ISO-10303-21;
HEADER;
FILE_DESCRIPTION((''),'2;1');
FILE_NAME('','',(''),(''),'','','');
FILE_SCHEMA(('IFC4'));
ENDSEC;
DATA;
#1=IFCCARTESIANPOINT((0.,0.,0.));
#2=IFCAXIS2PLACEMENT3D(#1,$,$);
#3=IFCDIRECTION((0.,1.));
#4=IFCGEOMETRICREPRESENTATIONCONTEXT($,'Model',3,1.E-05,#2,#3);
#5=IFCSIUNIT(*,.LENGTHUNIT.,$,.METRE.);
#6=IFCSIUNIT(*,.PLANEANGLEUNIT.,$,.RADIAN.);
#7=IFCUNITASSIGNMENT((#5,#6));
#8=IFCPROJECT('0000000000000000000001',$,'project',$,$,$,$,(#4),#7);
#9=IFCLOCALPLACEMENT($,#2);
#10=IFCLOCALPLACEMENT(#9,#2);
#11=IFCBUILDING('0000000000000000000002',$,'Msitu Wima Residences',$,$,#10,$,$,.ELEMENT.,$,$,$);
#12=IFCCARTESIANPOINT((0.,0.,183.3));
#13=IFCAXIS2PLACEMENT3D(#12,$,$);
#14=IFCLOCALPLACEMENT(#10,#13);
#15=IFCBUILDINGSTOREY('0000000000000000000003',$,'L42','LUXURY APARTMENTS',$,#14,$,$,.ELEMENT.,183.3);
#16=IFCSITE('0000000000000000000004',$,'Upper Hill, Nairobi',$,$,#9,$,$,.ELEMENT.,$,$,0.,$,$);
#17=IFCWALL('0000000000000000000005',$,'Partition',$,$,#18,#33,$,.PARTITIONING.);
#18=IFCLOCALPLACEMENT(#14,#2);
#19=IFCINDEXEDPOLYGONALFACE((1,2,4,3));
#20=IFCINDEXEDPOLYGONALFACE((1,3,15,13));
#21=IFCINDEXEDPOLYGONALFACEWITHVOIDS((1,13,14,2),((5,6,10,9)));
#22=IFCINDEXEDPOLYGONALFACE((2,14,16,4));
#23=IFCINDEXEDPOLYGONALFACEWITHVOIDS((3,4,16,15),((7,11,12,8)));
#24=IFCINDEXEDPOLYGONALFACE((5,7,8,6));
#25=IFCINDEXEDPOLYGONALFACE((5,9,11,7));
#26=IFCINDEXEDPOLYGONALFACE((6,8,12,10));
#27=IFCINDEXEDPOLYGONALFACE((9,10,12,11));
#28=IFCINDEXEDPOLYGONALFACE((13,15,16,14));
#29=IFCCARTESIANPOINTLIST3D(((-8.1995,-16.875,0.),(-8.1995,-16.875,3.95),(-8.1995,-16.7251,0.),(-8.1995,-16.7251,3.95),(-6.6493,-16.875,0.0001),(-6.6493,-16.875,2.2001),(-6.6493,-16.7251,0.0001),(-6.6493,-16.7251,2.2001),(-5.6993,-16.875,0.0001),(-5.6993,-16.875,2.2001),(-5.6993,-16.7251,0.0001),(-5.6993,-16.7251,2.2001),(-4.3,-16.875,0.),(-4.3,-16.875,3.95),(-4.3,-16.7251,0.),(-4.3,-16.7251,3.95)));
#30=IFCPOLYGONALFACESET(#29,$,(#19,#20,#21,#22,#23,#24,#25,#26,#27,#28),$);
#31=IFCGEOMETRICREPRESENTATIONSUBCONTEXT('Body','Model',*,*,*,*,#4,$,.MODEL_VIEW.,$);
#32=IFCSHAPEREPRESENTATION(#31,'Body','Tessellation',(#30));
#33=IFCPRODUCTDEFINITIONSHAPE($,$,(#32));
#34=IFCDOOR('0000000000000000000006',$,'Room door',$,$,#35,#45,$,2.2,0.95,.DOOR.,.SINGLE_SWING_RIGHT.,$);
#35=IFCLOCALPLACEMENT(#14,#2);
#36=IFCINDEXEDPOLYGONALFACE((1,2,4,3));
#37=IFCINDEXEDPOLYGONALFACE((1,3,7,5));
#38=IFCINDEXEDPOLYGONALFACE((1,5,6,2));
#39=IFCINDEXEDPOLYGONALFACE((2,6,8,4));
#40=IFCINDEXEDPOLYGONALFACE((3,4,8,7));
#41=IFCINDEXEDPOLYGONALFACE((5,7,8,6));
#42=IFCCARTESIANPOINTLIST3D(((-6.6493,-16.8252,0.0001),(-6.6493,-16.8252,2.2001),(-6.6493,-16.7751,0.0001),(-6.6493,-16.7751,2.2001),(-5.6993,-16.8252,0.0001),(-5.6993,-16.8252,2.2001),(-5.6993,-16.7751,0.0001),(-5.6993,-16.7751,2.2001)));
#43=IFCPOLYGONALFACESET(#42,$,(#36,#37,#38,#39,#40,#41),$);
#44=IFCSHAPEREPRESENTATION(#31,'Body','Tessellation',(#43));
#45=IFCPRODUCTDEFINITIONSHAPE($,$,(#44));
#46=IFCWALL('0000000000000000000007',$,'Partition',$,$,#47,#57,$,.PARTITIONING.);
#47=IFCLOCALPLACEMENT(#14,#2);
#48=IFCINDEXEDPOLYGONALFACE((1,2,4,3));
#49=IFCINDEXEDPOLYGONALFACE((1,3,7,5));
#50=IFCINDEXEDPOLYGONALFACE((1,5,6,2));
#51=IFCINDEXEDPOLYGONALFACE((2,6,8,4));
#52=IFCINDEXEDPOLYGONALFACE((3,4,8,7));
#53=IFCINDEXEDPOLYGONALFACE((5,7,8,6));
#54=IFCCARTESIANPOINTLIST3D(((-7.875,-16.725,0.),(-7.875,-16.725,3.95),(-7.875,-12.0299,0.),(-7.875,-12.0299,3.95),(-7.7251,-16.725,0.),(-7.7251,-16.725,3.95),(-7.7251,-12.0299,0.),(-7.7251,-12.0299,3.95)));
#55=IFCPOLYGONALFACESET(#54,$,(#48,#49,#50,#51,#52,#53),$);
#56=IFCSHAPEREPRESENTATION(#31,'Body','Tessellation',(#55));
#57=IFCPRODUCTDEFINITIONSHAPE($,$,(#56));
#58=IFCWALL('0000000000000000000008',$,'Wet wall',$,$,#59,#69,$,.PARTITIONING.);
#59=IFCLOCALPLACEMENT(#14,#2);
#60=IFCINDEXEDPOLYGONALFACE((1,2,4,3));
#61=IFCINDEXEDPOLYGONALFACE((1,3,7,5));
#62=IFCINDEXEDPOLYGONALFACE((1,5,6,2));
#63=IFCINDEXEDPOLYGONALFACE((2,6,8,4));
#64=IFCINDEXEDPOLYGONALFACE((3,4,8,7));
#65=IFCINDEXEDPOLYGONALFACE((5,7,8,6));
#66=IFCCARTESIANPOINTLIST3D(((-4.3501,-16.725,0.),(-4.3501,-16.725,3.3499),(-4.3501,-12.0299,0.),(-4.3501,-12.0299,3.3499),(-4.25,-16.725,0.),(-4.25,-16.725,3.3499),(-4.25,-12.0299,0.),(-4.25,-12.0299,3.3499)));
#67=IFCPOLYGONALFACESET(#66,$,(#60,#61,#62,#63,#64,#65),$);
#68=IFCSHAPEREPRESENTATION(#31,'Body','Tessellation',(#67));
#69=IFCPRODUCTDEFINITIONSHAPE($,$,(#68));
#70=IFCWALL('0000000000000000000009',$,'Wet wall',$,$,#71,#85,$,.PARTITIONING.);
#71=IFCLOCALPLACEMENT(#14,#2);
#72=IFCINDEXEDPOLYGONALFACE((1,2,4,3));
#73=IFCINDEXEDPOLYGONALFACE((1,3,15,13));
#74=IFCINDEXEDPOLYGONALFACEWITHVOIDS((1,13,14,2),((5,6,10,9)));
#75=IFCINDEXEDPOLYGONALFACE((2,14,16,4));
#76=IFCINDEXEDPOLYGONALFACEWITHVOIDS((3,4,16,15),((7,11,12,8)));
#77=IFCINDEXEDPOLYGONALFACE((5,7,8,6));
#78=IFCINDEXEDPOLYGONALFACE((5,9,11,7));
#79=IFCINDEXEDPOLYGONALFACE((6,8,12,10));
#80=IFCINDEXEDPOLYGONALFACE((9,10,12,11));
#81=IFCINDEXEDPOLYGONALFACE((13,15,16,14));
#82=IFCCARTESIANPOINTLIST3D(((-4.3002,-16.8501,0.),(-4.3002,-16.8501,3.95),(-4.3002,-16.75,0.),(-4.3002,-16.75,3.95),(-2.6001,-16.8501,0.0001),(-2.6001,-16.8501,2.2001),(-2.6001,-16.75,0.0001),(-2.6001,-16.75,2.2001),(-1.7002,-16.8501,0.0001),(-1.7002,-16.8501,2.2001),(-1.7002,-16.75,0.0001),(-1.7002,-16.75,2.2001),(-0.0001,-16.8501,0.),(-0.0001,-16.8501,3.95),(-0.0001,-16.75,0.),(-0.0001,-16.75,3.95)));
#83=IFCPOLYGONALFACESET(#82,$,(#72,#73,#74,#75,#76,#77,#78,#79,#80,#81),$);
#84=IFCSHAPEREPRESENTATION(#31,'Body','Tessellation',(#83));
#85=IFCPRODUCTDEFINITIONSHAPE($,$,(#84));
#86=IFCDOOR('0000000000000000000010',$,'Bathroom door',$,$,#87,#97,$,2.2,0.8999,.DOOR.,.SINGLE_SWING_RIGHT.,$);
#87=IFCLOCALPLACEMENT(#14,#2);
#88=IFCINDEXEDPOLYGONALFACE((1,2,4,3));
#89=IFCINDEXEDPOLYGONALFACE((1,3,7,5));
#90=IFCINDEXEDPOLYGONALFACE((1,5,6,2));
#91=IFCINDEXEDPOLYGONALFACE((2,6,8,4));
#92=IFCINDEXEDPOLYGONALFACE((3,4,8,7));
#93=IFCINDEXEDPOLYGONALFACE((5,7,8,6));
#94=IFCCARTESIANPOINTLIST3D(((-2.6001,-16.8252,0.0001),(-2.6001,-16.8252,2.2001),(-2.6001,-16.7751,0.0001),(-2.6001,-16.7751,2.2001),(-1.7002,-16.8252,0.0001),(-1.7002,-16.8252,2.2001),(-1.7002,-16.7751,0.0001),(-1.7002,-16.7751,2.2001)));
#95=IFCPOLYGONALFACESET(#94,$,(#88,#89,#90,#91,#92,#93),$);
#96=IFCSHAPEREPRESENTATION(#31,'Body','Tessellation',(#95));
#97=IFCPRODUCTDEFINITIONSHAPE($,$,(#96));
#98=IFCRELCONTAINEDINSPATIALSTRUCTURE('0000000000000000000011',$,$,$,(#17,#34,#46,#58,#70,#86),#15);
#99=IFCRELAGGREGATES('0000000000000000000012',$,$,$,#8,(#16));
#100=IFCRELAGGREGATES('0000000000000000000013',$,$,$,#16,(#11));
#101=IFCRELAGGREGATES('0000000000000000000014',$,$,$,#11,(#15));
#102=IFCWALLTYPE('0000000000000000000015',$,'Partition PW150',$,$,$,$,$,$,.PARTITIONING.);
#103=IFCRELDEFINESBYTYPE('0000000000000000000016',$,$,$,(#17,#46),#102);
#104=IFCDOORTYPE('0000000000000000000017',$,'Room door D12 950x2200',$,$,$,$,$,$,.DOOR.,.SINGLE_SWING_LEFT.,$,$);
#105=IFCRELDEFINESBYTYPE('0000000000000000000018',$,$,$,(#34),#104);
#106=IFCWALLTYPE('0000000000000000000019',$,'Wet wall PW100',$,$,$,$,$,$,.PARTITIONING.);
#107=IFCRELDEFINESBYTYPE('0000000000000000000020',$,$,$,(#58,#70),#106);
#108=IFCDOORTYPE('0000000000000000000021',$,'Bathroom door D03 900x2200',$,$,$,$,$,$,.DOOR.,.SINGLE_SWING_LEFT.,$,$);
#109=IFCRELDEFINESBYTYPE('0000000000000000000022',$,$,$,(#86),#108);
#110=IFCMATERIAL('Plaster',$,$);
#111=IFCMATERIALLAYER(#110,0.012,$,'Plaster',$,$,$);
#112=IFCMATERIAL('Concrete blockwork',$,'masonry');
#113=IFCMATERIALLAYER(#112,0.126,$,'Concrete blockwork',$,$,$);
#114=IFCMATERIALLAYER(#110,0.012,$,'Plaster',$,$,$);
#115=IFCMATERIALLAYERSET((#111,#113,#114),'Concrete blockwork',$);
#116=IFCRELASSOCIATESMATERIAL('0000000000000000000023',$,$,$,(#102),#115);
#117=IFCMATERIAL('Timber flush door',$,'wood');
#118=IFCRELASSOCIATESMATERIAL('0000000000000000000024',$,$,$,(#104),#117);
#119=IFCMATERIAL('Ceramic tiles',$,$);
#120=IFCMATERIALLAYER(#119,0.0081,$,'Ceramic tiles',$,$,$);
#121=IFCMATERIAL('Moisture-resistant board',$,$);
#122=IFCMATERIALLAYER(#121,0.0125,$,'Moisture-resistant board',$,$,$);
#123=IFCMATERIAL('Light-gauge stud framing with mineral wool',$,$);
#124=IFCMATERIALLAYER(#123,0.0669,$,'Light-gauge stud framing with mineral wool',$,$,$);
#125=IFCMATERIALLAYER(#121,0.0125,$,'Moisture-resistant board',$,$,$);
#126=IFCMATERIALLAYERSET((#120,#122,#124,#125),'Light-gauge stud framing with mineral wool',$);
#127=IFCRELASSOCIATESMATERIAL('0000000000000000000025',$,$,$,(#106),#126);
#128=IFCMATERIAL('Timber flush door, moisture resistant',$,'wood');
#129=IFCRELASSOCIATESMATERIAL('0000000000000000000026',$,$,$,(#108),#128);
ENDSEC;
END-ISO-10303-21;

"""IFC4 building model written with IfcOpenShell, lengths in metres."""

from ifc_helpers import new_model, si_unit, direction, frame, frame_2d, origin, place, context, subcontext, project, spatial, rectangle, extrude, material, layer, layer_set, type_object, element, fill, save


model = new_model("IFC4")

# Units and contexts
model_context = context("Model", 3, precision=1e-05, world=origin(), true_north=direction((0.0, 1.0)))
body_context = subcontext(model_context, "Body", "Model", "MODEL_VIEW")
ifc_project = project(units=[si_unit("LENGTHUNIT", "METRE"), si_unit("PLANEANGLEUNIT", "RADIAN")], contexts=[model_context])

# Site, building, storey
site_placement = place(None, origin())
site = spatial("IfcSite", under=ifc_project, at=site_placement, Name="Upper Hill, Nairobi", CompositionType="ELEMENT", RefElevation=0.0)
building_placement = place(site_placement, origin())
building = spatial("IfcBuilding", under=site, at=building_placement, Name="Msitu Wima Residences", CompositionType="ELEMENT")
storey_placement = place(building_placement, frame((0.0, 0.0, 183.3)))
storey = spatial("IfcBuildingStorey", under=building, at=storey_placement, Name="L42", Description="LUXURY APARTMENTS", CompositionType="ELEMENT", Elevation=183.3)

# Shared definitions
ifc_material_1 = material(Name="Plaster")
ifc_layer_1 = layer(ifc_material_1, 0.012, Name="Plaster")
ifc_material_2 = material(Name="Concrete blockwork", Category="masonry")
ifc_layer_2 = layer(ifc_material_2, 0.126, Name="Concrete blockwork")
ifc_layer_3 = layer(ifc_material_1, 0.012, Name="Plaster")
ifc_layer_set_1 = layer_set([ifc_layer_1, ifc_layer_2, ifc_layer_3], Name="Concrete blockwork")
wall_type_1 = type_object("IfcWallType", Name="Partition PW150", PredefinedType="PARTITIONING", material=ifc_layer_set_1)

# Wall, opening, door
ifc_material_3 = material(Name="Timber flush door", Category="wood")
door_type_1 = type_object("IfcDoorType", Name="Room door D12 950x2200", OperationType="SINGLE_SWING_LEFT", PredefinedType="DOOR", material=ifc_material_3)
wall_1_placement = place(storey_placement, frame((-8.1995, -16.8, 0.0), z_axis=(0.0, 0.0, 1.0), x_axis=(1.0, 0.0, 0.0)))
wall_1 = element("IfcWall", 1, at=wall_1_placement, inside=storey, type_object=wall_type_1, Name="Partition", PredefinedType="PARTITIONING", context=body_context, shape_type="SweptSolid", body=[
    extrude(rectangle(XDim=3.8994, YDim=0.1499, at=frame_2d((1.9497, 0.0))), origin(), (0.0, 0.0, 1.0), 3.95),
])
opening_1_placement = place(wall_1_placement, frame((1.55, 0.0, 0.0)))
opening_1 = element("IfcOpeningElement", 2, at=opening_1_placement, cuts=wall_1, PredefinedType="OPENING", context=body_context, shape_type="SweptSolid", body=[
    extrude(rectangle(XDim=0.95, YDim=2.2, at=frame_2d((0.4751, 1.1001))), frame((0.0, 0.085, 0.0), z_axis=(0.0, -1.0, 0.0), x_axis=(1.0, 0.0, 0.0)), (0.0, 0.0, 1.0), 0.1699),
])
door_1_placement = place(opening_1_placement, origin())
door_1 = element("IfcDoor", 3, at=door_1_placement, inside=storey, type_object=door_type_1, Name="Room door", OperationType="SINGLE_SWING_RIGHT", OverallHeight=2.2, OverallWidth=0.95, PredefinedType="DOOR", context=body_context, shape_type="SweptSolid", body=[
    extrude(rectangle(XDim=0.95, YDim=2.2, at=frame_2d((0.4751, 1.1001))), frame((0.0, 0.0249, 0.0), z_axis=(0.0, -1.0, 0.0), x_axis=(1.0, 0.0, 0.0)), (0.0, 0.0, 1.0), 0.05),
])
fill(opening_1, door_1)

# Walls
wall_2_placement = place(storey_placement, frame((-7.8, -16.7251, 0.0), z_axis=(0.0, 0.0, 1.0), x_axis=(0.0, 1.0, 0.0)))
element("IfcWall", 4, at=wall_2_placement, inside=storey, type_object=wall_type_1, Name="Partition", PredefinedType="PARTITIONING", context=body_context, shape_type="SweptSolid", body=[
    extrude(rectangle(XDim=4.6951, YDim=0.1499, at=frame_2d((2.3477, 0.0))), origin(), (0.0, 0.0, 1.0), 3.95),
])
ifc_material_4 = material(Name="Ceramic tiles")
ifc_layer_4 = layer(ifc_material_4, 0.0081, Name="Ceramic tiles")
ifc_material_5 = material(Name="Moisture-resistant board")
ifc_layer_5 = layer(ifc_material_5, 0.0125, Name="Moisture-resistant board")
ifc_material_6 = material(Name="Light-gauge stud framing with mineral wool")
ifc_layer_6 = layer(ifc_material_6, 0.0669, Name="Light-gauge stud framing with mineral wool")
ifc_layer_7 = layer(ifc_material_5, 0.0125, Name="Moisture-resistant board")
ifc_layer_set_2 = layer_set([ifc_layer_4, ifc_layer_5, ifc_layer_6, ifc_layer_7], Name="Light-gauge stud framing with mineral wool")
wall_type_2 = type_object("IfcWallType", Name="Wet wall PW100", PredefinedType="PARTITIONING", material=ifc_layer_set_2)
wall_3_placement = place(storey_placement, frame((-4.3, -16.7251, 0.0), z_axis=(0.0, 0.0, 1.0), x_axis=(0.0, 1.0, 0.0)))
element("IfcWall", 5, at=wall_3_placement, inside=storey, type_object=wall_type_2, Name="Wet wall", PredefinedType="PARTITIONING", context=body_context, shape_type="SweptSolid", body=[
    extrude(rectangle(XDim=4.6951, YDim=0.1001, at=frame_2d((2.3477, 0.0))), origin(), (0.0, 0.0, 1.0), 3.3499),
])

# Wall, opening, door
wall_4_placement = place(storey_placement, frame((-4.3, -16.8, 0.0), z_axis=(0.0, 0.0, 1.0), x_axis=(1.0, 0.0, 0.0)))
wall_4 = element("IfcWall", 6, at=wall_4_placement, inside=storey, type_object=wall_type_2, Name="Wet wall", PredefinedType="PARTITIONING", context=body_context, shape_type="SweptSolid", body=[
    extrude(rectangle(XDim=4.3, YDim=0.1001, at=frame_2d((2.1499, 0.0))), origin(), (0.0, 0.0, 1.0), 3.95),
])
opening_2_placement = place(wall_4_placement, frame((1.7, 0.0, 0.0)))
opening_2 = element("IfcOpeningElement", 7, at=opening_2_placement, cuts=wall_4, PredefinedType="OPENING", context=body_context, shape_type="SweptSolid", body=[
    extrude(rectangle(XDim=0.8999, YDim=2.2, at=frame_2d((0.45, 1.1001))), frame((0.0, 0.0601, 0.0), z_axis=(0.0, -1.0, 0.0), x_axis=(1.0, 0.0, 0.0)), (0.0, 0.0, 1.0), 0.1201),
])
ifc_material_7 = material(Name="Timber flush door, moisture resistant", Category="wood")
door_type_2 = type_object("IfcDoorType", Name="Bathroom door D03 900x2200", OperationType="SINGLE_SWING_LEFT", PredefinedType="DOOR", material=ifc_material_7)
door_2_placement = place(opening_2_placement, origin())
door_2 = element("IfcDoor", 8, at=door_2_placement, inside=storey, type_object=door_type_2, Name="Bathroom door", OperationType="SINGLE_SWING_RIGHT", OverallHeight=2.2, OverallWidth=0.8999, PredefinedType="DOOR", context=body_context, shape_type="SweptSolid", body=[
    extrude(rectangle(XDim=0.8999, YDim=2.2, at=frame_2d((0.45, 1.1001))), frame((0.0, 0.0249, 0.0), z_axis=(0.0, -1.0, 0.0), x_axis=(1.0, 0.0, 0.0)), (0.0, 0.0, 1.0), 0.05),
])
fill(opening_2, door_2)

save(model, "model.ifc")
